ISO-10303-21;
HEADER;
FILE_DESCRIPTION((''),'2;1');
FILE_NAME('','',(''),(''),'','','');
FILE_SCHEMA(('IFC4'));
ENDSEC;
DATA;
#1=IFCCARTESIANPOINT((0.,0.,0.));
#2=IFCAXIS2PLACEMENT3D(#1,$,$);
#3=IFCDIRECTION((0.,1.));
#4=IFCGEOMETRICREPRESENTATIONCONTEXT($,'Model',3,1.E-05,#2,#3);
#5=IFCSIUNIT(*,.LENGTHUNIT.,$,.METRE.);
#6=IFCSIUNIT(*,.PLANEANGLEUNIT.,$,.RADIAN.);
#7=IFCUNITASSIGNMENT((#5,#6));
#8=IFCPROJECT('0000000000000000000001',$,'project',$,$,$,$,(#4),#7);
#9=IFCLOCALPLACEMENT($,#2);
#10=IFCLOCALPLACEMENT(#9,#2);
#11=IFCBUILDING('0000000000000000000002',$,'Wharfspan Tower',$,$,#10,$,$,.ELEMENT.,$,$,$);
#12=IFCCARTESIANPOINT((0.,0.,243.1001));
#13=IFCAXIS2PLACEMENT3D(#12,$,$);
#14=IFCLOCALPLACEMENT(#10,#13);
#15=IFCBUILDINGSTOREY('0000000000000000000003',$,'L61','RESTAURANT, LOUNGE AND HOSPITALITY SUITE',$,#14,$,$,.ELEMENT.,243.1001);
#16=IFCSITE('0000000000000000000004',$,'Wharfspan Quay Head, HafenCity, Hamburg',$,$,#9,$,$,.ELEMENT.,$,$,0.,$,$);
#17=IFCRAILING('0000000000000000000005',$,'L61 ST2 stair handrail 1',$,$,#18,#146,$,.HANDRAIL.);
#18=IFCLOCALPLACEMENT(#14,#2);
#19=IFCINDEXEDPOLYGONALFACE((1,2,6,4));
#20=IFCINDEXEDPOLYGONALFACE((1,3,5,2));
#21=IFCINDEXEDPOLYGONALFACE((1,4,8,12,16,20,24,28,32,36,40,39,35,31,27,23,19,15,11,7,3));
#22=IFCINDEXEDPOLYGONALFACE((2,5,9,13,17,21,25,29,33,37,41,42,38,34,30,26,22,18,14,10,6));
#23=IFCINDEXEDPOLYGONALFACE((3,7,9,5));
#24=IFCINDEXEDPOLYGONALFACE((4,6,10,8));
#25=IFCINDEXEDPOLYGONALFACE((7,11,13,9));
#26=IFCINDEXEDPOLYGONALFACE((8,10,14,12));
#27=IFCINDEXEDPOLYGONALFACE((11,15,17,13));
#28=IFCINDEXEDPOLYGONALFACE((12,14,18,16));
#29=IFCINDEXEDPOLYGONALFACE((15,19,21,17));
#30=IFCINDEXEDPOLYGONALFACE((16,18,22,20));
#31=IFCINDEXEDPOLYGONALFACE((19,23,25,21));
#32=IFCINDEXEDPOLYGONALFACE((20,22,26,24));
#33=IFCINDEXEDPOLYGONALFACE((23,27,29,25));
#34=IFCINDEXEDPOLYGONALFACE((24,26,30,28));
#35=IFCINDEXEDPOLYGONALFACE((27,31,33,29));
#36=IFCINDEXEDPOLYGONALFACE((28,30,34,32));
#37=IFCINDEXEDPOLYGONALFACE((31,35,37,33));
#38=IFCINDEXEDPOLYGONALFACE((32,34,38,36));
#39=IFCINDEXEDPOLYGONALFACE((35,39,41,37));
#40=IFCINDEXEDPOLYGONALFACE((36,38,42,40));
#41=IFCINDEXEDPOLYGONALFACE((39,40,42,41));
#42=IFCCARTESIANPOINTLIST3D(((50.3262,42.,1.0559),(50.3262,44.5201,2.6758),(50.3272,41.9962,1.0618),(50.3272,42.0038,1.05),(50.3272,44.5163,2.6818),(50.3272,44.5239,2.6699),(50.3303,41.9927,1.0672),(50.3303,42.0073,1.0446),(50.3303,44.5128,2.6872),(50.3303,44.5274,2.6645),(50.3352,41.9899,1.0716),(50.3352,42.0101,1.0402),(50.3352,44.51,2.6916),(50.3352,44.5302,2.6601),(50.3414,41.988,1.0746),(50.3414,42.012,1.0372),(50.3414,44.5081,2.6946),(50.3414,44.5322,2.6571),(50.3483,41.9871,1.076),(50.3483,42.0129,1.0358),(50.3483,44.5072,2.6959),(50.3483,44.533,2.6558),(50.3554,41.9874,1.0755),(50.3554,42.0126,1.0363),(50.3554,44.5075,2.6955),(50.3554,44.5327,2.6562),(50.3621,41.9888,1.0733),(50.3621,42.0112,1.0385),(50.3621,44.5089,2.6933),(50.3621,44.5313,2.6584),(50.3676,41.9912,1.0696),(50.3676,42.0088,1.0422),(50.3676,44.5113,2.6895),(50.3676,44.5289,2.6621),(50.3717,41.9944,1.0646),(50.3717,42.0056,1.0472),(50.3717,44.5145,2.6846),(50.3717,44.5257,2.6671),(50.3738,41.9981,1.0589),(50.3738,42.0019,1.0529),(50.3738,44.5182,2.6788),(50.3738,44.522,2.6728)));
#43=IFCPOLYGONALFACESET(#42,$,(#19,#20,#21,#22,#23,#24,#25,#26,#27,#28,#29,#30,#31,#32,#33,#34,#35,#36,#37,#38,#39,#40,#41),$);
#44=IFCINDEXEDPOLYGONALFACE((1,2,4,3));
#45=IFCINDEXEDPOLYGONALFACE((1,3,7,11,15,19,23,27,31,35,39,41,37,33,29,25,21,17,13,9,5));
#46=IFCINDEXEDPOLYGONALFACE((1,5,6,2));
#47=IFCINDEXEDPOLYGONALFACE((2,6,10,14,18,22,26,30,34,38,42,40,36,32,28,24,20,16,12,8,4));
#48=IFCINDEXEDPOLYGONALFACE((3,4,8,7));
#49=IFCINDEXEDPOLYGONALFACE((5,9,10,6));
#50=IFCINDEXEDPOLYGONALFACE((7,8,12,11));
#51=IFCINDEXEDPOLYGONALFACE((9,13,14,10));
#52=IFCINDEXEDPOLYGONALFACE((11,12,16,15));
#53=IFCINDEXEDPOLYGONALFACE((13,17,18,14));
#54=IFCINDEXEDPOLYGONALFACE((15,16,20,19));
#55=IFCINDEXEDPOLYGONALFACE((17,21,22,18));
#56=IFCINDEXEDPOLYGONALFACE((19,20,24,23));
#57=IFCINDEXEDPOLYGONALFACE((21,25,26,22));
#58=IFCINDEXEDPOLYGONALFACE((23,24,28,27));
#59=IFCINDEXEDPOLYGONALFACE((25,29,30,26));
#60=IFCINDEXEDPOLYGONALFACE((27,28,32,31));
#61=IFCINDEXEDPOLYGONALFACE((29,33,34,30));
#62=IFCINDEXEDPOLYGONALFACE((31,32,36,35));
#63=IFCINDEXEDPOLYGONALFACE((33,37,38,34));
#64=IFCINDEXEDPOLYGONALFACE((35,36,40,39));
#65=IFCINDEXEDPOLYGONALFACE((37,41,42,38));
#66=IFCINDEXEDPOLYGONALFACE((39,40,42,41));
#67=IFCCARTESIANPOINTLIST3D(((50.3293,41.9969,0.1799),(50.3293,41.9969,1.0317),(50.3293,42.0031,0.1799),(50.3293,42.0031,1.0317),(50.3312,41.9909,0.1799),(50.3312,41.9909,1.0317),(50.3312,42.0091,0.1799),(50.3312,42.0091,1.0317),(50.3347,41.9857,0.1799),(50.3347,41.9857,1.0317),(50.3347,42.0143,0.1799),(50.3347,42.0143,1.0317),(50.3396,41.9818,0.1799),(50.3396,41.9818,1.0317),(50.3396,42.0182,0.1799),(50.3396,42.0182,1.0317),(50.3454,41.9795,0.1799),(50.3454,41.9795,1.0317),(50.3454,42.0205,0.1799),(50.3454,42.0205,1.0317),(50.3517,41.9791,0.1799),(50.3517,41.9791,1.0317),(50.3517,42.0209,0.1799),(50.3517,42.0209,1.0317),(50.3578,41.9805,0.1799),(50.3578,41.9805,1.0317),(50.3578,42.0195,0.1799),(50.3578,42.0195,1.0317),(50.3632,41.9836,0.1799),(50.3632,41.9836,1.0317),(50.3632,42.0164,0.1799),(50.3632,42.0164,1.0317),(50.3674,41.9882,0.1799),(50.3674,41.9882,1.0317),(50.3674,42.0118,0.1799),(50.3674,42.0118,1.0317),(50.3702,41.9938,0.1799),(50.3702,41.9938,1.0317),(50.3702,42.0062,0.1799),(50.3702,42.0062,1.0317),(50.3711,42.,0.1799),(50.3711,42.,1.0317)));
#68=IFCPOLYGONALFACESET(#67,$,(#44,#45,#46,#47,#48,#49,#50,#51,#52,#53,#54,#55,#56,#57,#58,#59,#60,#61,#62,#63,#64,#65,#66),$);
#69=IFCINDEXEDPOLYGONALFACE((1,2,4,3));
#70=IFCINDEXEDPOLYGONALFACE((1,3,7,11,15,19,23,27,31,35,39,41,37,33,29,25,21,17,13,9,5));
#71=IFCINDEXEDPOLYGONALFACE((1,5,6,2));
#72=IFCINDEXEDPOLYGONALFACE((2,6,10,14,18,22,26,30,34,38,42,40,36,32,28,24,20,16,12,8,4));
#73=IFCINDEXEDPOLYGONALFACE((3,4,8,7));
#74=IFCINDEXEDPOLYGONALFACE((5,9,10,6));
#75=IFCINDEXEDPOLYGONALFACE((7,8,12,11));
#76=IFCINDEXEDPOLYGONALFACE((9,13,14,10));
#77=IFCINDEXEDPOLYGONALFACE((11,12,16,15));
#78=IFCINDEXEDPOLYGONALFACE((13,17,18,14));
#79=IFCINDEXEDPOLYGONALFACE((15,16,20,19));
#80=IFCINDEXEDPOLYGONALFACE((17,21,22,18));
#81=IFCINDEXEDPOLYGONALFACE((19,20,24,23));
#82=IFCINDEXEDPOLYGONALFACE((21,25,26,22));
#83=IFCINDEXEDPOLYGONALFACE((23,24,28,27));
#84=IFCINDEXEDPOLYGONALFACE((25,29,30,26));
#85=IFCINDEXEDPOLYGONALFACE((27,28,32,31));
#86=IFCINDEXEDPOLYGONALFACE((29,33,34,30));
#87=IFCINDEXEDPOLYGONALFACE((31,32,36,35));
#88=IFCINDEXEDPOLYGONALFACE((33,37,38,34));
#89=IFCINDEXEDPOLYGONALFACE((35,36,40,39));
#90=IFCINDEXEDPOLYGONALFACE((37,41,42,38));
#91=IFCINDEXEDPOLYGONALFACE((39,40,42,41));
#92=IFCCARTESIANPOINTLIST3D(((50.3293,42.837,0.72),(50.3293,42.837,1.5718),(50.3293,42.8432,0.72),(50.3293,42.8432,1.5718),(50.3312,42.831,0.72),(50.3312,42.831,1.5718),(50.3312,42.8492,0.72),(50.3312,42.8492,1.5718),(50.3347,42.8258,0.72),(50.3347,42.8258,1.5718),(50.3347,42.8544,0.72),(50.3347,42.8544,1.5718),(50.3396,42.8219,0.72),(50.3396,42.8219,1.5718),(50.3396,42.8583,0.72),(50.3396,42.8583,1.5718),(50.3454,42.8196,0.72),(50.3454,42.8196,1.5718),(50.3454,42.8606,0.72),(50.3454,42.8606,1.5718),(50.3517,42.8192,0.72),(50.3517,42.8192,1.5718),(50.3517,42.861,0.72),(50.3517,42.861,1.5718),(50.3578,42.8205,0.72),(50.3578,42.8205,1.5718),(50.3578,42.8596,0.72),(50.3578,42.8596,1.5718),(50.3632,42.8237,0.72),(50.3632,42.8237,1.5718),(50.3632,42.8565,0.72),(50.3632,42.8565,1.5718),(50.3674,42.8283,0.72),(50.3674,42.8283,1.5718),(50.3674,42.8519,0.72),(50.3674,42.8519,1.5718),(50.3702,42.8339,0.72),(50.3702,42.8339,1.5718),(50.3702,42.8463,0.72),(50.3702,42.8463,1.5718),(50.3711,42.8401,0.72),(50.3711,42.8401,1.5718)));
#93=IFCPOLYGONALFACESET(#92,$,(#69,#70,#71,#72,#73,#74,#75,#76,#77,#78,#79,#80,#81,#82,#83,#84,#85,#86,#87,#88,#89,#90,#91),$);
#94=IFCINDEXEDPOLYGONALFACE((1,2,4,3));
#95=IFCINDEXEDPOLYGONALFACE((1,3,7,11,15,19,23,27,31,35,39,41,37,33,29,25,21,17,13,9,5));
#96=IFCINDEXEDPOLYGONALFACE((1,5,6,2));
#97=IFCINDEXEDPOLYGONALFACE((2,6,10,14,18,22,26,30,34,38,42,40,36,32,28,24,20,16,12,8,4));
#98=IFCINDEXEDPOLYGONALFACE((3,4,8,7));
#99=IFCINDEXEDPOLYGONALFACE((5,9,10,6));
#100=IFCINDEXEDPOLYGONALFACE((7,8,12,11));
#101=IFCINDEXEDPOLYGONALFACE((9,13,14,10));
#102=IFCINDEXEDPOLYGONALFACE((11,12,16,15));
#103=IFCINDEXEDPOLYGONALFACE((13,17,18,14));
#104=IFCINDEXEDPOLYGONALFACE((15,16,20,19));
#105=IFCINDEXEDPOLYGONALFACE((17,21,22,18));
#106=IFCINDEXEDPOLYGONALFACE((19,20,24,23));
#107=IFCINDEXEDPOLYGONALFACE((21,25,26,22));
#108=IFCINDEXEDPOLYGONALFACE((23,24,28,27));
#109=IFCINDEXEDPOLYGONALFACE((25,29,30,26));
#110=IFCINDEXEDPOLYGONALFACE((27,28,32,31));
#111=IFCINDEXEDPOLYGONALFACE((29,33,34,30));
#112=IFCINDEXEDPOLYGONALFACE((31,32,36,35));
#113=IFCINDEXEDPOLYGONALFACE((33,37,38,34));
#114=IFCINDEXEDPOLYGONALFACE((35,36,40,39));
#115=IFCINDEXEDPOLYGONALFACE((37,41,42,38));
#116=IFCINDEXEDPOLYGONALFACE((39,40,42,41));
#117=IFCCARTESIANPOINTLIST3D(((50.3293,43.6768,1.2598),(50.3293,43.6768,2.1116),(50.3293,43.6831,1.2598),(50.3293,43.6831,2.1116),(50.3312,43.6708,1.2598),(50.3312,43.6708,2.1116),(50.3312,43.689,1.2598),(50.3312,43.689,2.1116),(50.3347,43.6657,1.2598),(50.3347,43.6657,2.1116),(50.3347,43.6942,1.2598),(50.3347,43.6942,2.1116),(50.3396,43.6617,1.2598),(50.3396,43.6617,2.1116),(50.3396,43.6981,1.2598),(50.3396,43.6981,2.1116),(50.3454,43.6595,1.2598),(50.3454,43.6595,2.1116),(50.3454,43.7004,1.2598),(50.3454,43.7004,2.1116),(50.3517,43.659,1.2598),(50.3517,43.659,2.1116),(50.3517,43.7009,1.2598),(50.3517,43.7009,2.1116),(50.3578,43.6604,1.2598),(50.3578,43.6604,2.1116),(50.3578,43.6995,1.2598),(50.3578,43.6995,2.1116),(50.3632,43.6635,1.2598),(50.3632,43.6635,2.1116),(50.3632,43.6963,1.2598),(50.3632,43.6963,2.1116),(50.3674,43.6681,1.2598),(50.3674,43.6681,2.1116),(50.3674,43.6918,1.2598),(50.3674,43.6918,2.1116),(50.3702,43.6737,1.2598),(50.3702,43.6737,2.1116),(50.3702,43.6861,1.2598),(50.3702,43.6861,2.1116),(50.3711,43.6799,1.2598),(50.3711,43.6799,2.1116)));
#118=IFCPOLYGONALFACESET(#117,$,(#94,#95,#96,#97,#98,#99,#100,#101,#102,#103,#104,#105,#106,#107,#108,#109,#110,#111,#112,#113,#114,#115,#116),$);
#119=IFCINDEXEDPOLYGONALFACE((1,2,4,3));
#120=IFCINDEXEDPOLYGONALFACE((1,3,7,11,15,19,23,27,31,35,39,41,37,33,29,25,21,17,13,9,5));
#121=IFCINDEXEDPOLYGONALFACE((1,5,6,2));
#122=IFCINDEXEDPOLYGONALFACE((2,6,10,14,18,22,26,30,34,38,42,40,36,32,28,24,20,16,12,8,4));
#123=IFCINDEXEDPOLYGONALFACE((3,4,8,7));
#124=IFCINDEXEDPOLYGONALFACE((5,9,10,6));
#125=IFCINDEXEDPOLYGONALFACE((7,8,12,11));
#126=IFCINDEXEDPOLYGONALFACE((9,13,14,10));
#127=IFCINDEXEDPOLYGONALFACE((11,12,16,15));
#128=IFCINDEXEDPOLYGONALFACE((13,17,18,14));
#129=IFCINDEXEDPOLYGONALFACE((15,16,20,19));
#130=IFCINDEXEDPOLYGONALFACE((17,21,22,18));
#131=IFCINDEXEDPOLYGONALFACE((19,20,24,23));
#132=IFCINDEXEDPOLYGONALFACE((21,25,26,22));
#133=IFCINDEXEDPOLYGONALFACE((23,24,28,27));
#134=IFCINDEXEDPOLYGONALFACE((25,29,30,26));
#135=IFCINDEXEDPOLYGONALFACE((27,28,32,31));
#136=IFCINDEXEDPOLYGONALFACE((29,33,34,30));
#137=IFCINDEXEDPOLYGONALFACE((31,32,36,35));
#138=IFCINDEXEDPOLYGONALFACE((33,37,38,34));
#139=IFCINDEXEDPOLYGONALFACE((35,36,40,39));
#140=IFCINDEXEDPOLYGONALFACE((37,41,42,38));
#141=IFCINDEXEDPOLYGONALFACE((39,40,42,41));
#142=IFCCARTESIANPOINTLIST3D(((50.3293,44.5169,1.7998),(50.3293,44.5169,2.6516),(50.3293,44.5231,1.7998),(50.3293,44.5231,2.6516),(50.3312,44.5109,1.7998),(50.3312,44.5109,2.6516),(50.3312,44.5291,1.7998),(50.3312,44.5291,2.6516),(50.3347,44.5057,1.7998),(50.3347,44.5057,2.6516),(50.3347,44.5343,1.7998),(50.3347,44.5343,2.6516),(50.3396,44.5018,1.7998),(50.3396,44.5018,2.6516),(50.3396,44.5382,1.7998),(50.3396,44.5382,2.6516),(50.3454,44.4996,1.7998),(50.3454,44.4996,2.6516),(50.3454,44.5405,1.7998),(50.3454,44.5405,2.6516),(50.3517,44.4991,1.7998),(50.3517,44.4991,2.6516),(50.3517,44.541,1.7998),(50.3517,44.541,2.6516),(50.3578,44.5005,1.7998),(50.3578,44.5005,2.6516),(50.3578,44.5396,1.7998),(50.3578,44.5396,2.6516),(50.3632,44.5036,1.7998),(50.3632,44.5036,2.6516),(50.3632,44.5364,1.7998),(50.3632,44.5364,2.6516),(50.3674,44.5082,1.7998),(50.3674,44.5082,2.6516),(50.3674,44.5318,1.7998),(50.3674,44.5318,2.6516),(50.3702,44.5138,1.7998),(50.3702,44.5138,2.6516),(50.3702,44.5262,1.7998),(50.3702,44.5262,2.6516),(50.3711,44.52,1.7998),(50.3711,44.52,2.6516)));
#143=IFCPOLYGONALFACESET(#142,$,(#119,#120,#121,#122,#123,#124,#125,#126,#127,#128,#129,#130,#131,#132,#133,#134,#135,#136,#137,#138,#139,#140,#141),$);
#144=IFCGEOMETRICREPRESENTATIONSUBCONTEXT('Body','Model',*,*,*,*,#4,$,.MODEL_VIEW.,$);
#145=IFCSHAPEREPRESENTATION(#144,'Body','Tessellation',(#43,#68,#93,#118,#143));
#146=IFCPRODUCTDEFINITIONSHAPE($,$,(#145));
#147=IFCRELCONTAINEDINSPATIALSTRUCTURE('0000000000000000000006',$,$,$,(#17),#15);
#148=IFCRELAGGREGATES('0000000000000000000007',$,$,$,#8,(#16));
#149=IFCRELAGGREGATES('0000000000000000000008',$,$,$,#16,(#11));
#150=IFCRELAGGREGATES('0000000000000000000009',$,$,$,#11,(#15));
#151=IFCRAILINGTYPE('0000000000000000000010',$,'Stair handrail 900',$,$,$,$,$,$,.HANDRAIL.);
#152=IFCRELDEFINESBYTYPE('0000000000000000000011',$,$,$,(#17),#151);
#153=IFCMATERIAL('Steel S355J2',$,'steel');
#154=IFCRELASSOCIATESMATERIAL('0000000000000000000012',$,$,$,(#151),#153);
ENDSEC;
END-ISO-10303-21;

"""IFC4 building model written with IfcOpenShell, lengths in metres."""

from ifc_helpers import new_model, si_unit, direction, frame, origin, origin_2d, place, context, subcontext, project, spatial, circle, extrude, material, type_object, element, save


model = new_model("IFC4")

# Units and contexts
model_context = context("Model", 3, precision=1e-05, world=origin(), true_north=direction((0.0, 1.0)))
body_context = subcontext(model_context, "Body", "Model", "MODEL_VIEW")
ifc_project = project(units=[si_unit("LENGTHUNIT", "METRE"), si_unit("PLANEANGLEUNIT", "RADIAN")], contexts=[model_context])

# Site, building, storey
site_placement = place(None, origin())
site = spatial("IfcSite", under=ifc_project, at=site_placement, Name="Wharfspan Quay Head, HafenCity, Hamburg", CompositionType="ELEMENT", RefElevation=0.0)
building_placement = place(site_placement, origin())
building = spatial("IfcBuilding", under=site, at=building_placement, Name="Wharfspan Tower", CompositionType="ELEMENT")
storey_placement = place(building_placement, frame((0.0, 0.0, 243.1001)))
storey = spatial("IfcBuildingStorey", under=building, at=storey_placement, Name="L61", Description="RESTAURANT, LOUNGE AND HOSPITALITY SUITE", CompositionType="ELEMENT", Elevation=243.1001)

# Shared definitions
ifc_material_1 = material(Name="Steel S355J2", Category="steel")

# Railing
railing_type_1 = type_object("IfcRailingType", Name="Stair handrail 900", PredefinedType="HANDRAIL", material=ifc_material_1)
railing_1_placement = place(storey_placement, frame((50.3501, 42.0, 0.1799)))
element("IfcRailing", 1, at=railing_1_placement, inside=storey, type_object=railing_type_1, Name="L61 ST2 stair handrail 1", PredefinedType="HANDRAIL", context=body_context, shape_type="SweptSolid", body=[
    extrude(circle(Radius=0.0239, at=origin_2d()), frame((0.0, 0.0, 0.876), z_axis=(0.0, 0.8412, 0.540725), x_axis=(-1.0, 0.0, 0.0)), (0.0, 0.0, 1.0), 2.9958),
    extrude(circle(Radius=0.021, at=origin_2d()), origin(), (0.0, 0.0, 1.0), 0.8518),
    extrude(circle(Radius=0.021, at=origin_2d()), frame((0.0, 0.8401, 0.54)), (0.0, 0.0, 1.0), 0.8518),
    extrude(circle(Radius=0.021, at=origin_2d()), frame((0.0, 1.6799, 1.0798)), (0.0, 0.0, 1.0), 0.8518),
    extrude(circle(Radius=0.021, at=origin_2d()), frame((0.0, 2.52, 1.6199)), (0.0, 0.0, 1.0), 0.8518),
])

save(model, "model.ifc")
